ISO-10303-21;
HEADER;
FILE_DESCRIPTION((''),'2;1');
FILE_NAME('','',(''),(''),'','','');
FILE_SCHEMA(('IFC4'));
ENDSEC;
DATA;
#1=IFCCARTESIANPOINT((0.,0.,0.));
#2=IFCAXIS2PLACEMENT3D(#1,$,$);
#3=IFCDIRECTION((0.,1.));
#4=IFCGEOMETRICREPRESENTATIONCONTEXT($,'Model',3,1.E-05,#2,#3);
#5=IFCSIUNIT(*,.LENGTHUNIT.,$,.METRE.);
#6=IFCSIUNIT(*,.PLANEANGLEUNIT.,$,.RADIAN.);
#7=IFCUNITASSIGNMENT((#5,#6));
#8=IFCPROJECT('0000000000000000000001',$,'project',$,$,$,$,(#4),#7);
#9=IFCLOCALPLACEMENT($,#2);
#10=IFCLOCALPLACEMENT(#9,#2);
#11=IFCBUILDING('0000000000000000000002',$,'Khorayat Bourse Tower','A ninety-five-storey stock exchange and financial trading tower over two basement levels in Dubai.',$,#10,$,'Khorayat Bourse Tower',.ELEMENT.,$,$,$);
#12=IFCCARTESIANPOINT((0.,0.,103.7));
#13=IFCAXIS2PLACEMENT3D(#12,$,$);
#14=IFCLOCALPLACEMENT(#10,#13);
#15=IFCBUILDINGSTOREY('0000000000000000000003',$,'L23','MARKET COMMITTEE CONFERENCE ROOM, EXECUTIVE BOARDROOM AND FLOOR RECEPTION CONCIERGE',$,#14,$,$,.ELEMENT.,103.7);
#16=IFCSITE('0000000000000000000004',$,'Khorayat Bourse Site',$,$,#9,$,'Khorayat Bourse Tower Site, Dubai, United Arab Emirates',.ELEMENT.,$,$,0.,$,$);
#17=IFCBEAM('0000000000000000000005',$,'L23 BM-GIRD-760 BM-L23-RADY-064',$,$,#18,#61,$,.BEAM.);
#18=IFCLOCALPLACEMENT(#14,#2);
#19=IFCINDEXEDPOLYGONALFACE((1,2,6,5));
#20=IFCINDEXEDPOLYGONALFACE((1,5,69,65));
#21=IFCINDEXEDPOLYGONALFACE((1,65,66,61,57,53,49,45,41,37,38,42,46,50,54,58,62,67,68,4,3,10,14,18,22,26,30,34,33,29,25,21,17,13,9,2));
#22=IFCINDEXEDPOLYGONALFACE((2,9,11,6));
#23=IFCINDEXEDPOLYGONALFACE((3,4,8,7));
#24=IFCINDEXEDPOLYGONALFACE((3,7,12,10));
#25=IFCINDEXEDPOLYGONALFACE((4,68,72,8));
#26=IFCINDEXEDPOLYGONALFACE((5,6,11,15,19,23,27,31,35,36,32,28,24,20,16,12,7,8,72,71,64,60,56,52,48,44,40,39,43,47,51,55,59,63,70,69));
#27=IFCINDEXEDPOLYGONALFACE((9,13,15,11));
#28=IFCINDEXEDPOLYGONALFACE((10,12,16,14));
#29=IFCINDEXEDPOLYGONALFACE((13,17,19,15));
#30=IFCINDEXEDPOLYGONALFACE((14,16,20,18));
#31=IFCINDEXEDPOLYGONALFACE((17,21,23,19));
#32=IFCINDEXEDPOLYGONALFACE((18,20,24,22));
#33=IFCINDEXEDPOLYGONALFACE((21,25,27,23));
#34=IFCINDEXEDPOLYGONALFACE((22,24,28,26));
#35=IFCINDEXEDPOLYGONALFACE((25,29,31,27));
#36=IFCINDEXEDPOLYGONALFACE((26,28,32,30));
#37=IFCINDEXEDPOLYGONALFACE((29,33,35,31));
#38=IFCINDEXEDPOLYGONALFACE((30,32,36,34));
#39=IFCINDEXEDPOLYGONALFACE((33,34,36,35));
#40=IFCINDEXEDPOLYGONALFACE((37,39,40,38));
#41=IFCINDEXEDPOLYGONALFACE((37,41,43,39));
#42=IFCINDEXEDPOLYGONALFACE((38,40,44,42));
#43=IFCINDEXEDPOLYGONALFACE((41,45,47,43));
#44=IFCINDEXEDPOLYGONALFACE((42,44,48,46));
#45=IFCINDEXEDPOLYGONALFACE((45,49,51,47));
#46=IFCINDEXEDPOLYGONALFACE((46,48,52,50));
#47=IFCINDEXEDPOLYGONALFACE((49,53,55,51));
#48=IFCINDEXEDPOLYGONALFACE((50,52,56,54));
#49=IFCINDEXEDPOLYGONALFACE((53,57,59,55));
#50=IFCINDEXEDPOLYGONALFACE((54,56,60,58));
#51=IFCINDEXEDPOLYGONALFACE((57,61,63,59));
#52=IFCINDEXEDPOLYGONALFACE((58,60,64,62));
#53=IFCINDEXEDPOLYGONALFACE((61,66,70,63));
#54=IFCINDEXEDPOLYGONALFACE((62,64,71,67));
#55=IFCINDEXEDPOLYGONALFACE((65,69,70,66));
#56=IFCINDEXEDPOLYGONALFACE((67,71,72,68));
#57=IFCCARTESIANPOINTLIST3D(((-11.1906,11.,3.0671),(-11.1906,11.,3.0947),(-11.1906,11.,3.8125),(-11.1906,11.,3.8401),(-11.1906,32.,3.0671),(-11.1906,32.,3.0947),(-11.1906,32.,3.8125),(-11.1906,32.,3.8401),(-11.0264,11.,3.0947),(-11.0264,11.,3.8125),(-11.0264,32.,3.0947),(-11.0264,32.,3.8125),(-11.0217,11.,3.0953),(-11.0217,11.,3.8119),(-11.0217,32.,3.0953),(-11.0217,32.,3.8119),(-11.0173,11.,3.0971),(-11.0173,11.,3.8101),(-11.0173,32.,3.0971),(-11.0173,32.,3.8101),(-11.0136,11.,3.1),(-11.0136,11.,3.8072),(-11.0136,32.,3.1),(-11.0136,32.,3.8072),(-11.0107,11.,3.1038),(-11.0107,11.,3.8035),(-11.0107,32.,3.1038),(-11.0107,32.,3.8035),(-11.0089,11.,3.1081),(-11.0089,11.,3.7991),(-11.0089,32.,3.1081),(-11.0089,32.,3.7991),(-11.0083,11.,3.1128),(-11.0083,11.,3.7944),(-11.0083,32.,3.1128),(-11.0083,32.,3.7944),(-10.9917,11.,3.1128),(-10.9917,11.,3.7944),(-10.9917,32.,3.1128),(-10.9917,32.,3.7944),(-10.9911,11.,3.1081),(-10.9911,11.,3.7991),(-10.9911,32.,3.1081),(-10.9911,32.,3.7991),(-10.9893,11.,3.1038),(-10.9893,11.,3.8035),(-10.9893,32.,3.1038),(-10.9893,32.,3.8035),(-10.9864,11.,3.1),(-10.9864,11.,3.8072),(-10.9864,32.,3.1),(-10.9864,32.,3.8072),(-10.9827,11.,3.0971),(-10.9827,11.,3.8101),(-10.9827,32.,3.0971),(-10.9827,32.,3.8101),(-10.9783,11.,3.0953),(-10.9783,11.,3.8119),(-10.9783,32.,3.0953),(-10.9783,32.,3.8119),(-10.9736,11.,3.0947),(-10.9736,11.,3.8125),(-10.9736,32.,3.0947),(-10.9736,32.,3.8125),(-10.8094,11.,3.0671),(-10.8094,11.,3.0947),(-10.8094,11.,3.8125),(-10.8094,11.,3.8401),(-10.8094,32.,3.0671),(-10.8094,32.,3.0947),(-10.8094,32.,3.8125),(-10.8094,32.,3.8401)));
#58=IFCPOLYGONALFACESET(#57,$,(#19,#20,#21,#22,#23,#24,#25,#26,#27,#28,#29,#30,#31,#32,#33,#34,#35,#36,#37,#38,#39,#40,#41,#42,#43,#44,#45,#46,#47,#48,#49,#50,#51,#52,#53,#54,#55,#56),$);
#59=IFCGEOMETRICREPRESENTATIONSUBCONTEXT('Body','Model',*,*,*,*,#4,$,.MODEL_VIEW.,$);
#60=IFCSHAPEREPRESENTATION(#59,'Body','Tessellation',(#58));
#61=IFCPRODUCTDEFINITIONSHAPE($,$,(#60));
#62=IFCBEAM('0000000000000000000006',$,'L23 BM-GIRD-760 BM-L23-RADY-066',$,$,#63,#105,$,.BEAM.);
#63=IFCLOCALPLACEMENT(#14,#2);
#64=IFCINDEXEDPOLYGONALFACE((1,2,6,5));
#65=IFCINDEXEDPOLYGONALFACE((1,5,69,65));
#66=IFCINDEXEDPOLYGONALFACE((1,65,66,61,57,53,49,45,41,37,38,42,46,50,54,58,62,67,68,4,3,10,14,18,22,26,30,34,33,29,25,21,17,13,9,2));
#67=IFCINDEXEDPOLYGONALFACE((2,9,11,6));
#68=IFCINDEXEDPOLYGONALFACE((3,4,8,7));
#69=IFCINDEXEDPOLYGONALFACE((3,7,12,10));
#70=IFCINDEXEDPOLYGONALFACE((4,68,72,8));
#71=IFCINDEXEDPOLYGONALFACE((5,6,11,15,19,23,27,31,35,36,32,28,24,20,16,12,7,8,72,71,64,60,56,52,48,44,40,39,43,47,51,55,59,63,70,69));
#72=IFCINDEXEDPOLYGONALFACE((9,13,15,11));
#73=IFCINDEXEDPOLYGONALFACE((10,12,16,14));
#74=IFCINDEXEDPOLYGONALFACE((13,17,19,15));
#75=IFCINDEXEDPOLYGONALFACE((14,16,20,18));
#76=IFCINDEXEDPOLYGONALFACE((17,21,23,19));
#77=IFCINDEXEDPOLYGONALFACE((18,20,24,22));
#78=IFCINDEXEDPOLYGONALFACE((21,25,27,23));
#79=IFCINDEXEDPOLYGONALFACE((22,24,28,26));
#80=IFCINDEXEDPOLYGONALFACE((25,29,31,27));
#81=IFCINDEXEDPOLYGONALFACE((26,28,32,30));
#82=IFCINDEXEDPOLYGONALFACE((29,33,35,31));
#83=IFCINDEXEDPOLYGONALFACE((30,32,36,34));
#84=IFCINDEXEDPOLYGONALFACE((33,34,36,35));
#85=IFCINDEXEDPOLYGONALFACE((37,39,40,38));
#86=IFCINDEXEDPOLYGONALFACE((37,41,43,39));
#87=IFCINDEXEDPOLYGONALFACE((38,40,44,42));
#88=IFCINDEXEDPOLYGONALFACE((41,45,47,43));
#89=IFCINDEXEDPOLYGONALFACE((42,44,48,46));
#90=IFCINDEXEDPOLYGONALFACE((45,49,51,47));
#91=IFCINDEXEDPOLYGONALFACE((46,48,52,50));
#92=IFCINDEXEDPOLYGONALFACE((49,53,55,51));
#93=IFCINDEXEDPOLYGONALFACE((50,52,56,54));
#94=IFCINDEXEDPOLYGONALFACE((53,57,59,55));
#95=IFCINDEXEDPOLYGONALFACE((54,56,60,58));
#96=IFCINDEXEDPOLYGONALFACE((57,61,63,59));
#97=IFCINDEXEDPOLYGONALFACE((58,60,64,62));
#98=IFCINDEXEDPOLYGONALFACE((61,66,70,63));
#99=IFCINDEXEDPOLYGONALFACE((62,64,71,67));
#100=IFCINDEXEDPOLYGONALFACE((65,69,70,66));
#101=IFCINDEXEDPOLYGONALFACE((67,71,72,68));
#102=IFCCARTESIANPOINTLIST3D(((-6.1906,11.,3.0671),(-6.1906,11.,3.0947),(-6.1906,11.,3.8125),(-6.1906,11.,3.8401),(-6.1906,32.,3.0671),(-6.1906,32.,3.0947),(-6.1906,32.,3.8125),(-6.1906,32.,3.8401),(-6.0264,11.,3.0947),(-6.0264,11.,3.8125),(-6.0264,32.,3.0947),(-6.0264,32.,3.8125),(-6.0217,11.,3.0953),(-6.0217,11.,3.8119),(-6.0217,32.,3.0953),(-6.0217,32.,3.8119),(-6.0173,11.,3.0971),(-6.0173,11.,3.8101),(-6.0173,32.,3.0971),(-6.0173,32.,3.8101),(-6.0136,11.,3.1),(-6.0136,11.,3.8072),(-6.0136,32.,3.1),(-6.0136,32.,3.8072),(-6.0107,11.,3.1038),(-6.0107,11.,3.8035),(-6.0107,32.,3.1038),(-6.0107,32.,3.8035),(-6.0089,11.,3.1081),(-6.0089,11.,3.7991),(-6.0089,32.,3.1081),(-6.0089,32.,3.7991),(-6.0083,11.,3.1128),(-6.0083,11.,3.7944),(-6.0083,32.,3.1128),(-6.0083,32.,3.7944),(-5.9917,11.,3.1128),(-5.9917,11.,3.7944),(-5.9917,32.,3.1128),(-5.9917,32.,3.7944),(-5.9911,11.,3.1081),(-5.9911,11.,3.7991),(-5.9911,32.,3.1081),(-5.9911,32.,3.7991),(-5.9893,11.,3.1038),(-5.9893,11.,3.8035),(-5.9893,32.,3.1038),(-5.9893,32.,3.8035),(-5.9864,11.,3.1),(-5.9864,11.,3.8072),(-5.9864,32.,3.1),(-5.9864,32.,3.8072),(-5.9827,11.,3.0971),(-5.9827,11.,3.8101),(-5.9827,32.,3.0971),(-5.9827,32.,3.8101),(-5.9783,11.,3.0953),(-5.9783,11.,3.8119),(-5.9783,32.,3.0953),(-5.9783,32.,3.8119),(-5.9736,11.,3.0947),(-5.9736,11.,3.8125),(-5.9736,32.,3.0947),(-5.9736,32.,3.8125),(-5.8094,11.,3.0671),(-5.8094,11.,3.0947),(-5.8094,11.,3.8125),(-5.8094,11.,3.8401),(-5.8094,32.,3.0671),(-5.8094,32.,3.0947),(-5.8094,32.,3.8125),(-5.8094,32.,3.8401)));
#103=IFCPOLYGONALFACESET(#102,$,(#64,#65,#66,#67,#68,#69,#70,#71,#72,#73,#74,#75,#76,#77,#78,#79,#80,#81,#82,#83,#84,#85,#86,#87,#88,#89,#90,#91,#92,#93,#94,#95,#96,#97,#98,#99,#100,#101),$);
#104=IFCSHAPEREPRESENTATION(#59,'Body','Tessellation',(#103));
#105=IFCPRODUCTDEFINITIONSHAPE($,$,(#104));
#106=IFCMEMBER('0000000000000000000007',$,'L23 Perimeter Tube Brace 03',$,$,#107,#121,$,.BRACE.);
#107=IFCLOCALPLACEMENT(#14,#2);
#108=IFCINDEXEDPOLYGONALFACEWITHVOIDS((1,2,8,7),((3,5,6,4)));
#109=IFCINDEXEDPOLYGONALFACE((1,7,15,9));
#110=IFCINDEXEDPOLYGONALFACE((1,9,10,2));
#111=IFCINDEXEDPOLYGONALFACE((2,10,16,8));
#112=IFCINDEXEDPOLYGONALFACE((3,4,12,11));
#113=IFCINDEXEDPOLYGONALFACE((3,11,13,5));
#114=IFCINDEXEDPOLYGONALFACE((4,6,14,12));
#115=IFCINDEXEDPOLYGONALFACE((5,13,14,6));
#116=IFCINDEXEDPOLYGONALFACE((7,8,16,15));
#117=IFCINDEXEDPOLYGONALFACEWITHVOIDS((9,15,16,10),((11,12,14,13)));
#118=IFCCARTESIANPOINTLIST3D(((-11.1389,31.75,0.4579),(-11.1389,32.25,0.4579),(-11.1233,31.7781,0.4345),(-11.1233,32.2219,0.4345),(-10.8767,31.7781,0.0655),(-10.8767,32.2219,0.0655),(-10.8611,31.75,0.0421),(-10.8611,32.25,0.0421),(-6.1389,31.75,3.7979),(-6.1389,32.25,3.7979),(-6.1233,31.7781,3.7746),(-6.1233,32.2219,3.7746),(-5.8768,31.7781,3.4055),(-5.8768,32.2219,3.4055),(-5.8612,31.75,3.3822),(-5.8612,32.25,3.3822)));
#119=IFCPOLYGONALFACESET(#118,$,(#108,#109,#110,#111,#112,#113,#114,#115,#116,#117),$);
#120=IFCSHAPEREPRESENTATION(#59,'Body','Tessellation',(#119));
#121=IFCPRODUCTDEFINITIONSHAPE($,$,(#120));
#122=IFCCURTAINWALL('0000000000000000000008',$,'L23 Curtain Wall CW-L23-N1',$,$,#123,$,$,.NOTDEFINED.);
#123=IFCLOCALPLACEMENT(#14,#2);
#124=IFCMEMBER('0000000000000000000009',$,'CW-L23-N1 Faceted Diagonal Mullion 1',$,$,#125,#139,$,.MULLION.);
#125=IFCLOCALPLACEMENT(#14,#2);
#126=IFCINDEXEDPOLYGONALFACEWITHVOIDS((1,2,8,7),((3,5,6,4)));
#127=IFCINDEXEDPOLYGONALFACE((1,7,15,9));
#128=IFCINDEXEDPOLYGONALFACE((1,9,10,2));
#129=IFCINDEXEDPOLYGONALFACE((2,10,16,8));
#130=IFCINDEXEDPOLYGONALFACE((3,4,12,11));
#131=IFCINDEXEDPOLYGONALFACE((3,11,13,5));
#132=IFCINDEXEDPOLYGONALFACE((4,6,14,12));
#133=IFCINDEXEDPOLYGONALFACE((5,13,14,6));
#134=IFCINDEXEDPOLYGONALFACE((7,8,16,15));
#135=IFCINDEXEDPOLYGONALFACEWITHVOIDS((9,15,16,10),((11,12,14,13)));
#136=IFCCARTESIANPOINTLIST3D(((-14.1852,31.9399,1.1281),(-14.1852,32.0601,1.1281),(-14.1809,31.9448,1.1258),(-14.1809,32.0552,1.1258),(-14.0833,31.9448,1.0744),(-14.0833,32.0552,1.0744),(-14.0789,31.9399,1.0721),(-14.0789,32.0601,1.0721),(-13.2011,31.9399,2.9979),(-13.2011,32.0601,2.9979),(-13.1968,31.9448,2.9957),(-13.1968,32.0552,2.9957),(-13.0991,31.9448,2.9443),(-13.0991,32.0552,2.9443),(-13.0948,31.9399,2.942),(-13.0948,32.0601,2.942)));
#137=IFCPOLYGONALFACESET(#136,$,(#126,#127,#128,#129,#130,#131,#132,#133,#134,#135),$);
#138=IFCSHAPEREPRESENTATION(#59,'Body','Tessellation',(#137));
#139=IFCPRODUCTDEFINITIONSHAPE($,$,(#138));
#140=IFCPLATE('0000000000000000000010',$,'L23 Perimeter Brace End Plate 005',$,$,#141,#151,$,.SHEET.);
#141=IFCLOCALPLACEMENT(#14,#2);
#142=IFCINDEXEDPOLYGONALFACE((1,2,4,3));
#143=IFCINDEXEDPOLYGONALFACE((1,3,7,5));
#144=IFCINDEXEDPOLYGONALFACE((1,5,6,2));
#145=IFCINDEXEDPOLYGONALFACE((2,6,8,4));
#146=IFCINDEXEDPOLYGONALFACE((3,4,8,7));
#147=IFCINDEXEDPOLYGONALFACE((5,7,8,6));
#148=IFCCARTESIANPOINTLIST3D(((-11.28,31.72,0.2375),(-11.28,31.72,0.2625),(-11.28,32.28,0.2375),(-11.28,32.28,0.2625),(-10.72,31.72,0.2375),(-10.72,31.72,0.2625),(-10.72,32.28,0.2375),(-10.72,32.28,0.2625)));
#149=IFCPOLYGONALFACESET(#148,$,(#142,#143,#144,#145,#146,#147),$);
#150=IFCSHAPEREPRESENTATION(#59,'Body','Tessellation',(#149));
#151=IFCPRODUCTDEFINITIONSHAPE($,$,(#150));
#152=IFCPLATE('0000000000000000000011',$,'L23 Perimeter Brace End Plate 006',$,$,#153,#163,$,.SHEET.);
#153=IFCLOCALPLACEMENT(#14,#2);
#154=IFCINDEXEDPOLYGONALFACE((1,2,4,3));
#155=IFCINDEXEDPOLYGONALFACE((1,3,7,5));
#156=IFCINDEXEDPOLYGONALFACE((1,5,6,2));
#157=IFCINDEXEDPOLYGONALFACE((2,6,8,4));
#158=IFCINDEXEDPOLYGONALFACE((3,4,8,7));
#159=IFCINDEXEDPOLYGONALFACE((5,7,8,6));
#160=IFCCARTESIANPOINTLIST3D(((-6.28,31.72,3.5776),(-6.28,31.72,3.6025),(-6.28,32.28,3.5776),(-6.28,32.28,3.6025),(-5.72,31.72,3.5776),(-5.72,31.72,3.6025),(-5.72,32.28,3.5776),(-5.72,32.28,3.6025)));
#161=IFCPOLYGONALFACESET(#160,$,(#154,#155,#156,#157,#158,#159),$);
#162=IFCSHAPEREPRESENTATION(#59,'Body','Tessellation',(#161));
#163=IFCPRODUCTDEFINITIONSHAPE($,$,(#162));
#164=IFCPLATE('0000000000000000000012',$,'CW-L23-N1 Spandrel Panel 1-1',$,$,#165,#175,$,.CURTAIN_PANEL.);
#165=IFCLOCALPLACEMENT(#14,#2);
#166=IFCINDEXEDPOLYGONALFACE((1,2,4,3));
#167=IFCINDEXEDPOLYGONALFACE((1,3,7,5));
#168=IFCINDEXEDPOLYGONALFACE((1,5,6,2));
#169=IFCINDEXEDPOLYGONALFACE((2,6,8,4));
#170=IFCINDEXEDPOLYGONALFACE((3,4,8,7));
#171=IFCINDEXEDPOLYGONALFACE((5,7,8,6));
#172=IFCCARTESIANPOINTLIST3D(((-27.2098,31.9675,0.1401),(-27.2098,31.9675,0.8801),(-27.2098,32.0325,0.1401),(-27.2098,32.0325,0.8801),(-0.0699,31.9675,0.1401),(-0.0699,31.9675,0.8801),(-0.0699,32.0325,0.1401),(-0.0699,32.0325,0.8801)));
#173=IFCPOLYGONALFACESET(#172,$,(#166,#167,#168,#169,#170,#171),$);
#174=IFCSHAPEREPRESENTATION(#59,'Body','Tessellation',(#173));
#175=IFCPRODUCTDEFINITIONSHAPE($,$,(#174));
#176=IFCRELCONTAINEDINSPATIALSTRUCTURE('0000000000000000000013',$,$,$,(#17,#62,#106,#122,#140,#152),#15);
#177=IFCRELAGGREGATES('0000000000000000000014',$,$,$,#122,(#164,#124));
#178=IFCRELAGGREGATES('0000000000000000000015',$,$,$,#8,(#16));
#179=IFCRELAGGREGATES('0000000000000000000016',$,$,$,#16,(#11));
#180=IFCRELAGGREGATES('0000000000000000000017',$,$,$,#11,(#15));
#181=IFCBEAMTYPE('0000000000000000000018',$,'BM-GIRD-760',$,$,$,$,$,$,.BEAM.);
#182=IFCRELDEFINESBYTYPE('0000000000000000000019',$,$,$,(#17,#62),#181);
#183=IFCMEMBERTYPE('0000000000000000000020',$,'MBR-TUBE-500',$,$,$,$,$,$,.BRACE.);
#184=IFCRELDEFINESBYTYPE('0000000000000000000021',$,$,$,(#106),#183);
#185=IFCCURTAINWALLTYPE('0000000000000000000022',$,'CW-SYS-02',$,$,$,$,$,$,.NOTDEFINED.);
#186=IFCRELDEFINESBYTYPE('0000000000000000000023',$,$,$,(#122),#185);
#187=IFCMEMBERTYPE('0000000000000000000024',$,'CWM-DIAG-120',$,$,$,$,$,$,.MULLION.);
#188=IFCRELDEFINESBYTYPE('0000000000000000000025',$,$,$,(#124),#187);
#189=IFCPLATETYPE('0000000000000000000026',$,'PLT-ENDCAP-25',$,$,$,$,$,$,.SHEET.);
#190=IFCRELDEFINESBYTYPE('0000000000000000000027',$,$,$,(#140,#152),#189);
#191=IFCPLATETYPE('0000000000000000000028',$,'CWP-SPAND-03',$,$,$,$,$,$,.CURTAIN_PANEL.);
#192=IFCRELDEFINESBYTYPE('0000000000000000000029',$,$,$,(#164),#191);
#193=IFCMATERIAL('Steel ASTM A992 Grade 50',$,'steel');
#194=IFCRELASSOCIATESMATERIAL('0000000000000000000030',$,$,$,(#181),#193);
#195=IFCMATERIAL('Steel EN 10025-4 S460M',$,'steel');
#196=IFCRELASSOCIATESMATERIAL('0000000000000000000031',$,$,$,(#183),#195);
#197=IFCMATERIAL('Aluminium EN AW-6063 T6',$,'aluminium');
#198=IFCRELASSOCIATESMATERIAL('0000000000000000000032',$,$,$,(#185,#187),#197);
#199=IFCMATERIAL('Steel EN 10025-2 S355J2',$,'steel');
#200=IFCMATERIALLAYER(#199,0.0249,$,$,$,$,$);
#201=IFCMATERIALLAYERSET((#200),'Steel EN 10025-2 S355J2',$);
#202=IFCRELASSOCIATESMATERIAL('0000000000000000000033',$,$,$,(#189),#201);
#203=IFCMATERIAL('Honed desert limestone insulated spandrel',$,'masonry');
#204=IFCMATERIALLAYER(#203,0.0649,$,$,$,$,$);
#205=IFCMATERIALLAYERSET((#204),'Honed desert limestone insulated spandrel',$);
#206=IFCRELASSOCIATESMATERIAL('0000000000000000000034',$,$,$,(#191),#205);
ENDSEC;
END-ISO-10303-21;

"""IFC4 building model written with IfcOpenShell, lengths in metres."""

from ifc_helpers import new_model, si_unit, direction, frame, origin, origin_2d, place, context, subcontext, project, spatial, rectangle, hollow_rectangle, i_section, extrude, source, transform, mapped, material, layer, layer_set, material_profile, profile_set, type_object, element, aggregate, save


model = new_model("IFC4")

# Units and contexts
model_context = context("Model", 3, precision=1e-05, world=origin(), true_north=direction((0.0, 1.0)))
body_context = subcontext(model_context, "Body", "Model", "MODEL_VIEW")
ifc_project = project(units=[si_unit("LENGTHUNIT", "METRE"), si_unit("PLANEANGLEUNIT", "RADIAN")], contexts=[model_context])

# Site, building, storey
site_placement = place(None, origin())
site = spatial("IfcSite", under=ifc_project, at=site_placement, Name="Khorayat Bourse Site", LongName="Khorayat Bourse Tower Site, Dubai, United Arab Emirates", CompositionType="ELEMENT", RefElevation=0.0)
building_placement = place(site_placement, origin())
building = spatial("IfcBuilding", under=site, at=building_placement, Name="Khorayat Bourse Tower", Description="A ninety-five-storey stock exchange and financial trading tower over two basement levels in Dubai.", LongName="Khorayat Bourse Tower", CompositionType="ELEMENT")
storey_placement = place(building_placement, frame((0.0, 0.0, 103.7)))
storey = spatial("IfcBuildingStorey", under=building, at=storey_placement, Name="L23", Description="MARKET COMMITTEE CONFERENCE ROOM, EXECUTIVE BOARDROOM AND FLOOR RECEPTION CONCIERGE", CompositionType="ELEMENT", Elevation=103.7)

# Shared definitions
ifc_material_1 = material(Name="Steel EN 10025-4 S460M", Category="steel")

# Beams
ifc_material_2 = material(Name="Steel ASTM A992 Grade 50", Category="steel")
ifc_material_profile_1 = material_profile(ifc_material_2, i_section(OverallWidth=0.3811, OverallDepth=0.7729, WebThickness=0.0166, FlangeThickness=0.0276, FilletRadius=0.0181, at=origin_2d()), Name="W760X257")
ifc_profile_set_1 = profile_set([ifc_material_profile_1], Name="Steel ASTM A992 Grade 50")
beam_type_1 = type_object("IfcBeamType", Name="BM-GIRD-760", PredefinedType="BEAM", material=ifc_profile_set_1)
shared_shape_1 = source(origin(), body_context, "Body", "SweptSolid", [
    extrude(i_section(OverallWidth=0.3811, OverallDepth=0.7729, WebThickness=0.0166, FlangeThickness=0.0276, FilletRadius=0.0181, at=origin_2d()), origin(), (0.0, 0.0, 1.0), 21.0),
])
for number, where, z_axis, x_axis, name in (
    (1, (-11.0, 11.0, 3.4536), (0.0, 1.0, 0.0), (-1.0, 0.0, 0.0), "L23 BM-GIRD-760 BM-L23-RADY-064"),
    (2, (-6.0, 11.0, 3.4536), (0.0, 1.0, 0.0), (-1.0, 0.0, 0.0), "L23 BM-GIRD-760 BM-L23-RADY-066"),
):
    element("IfcBeam", number, at=place(storey_placement, frame(where, z_axis=z_axis, x_axis=x_axis)), inside=storey, type_object=beam_type_1, Name=name, PredefinedType="BEAM", context=body_context, shape_type="MappedRepresentation", body=[
        mapped(shared_shape_1, transform((0.0, 0.0, 0.0), scale=1.0)),
    ])

# Member
ifc_material_profile_2 = material_profile(ifc_material_1, hollow_rectangle(XDim=0.5, YDim=0.5, WallThickness=0.0281, at=origin_2d()), Name="HSS 500x500x28")
ifc_profile_set_2 = profile_set([ifc_material_profile_2], Name="Steel EN 10025-4 S460M")
member_type_1 = type_object("IfcMemberType", Name="MBR-TUBE-500", PredefinedType="BRACE", material=ifc_profile_set_2)
shared_shape_2 = source(origin(), body_context, "Body", "SweptSolid", [
    extrude(hollow_rectangle(XDim=0.5, YDim=0.5, WallThickness=0.0281, at=origin_2d()), origin(), (0.0, 0.0, 1.0), 6.0129),
])
member_1_placement = place(storey_placement, frame((-11.0, 32.0, 0.25), z_axis=(0.831531, 0.0, 0.555478), x_axis=(0.0, 1.0, 0.0)))
element("IfcMember", 3, at=member_1_placement, inside=storey, type_object=member_type_1, Name="L23 Perimeter Tube Brace 03", PredefinedType="BRACE", context=body_context, shape_type="MappedRepresentation", body=[
    mapped(shared_shape_2, transform((0.0, 0.0, 0.0), scale=1.0)),
])

# Curtain wall, member
ifc_material_3 = material(Name="Aluminium EN AW-6063 T6", Category="aluminium")
curtain_wall_type = type_object("IfcCurtainWallType", Name="CW-SYS-02", PredefinedType="NOTDEFINED", material=ifc_material_3)
curtain_wall_placement = place(storey_placement, origin())
curtain_wall = element("IfcCurtainWall", 4, at=curtain_wall_placement, inside=storey, type_object=curtain_wall_type, Name="L23 Curtain Wall CW-L23-N1", PredefinedType="NOTDEFINED")
ifc_material_profile_3 = material_profile(ifc_material_3, hollow_rectangle(XDim=0.1201, YDim=0.1201, WallThickness=0.0049, at=origin_2d()), Name="ALU 120x120x5")
ifc_profile_set_3 = profile_set([ifc_material_profile_3], Name="Aluminium EN AW-6063 T6")
member_type_2 = type_object("IfcMemberType", Name="CWM-DIAG-120", PredefinedType="MULLION", material=ifc_profile_set_3)
shared_shape_3 = source(origin(), body_context, "Body", "SweptSolid", [
    extrude(hollow_rectangle(XDim=0.1201, YDim=0.1201, WallThickness=0.0049, at=origin_2d()), origin(), (0.0, 0.0, 1.0), 2.113),
])
member_2_placement = place(storey_placement, frame((-14.1321, 32.0, 1.1001), z_axis=(0.465742, 0.0, 0.884921), x_axis=(0.0, 1.0, 0.0)))
member_2 = element("IfcMember", 5, at=member_2_placement, type_object=member_type_2, Name="CW-L23-N1 Faceted Diagonal Mullion 1", PredefinedType="MULLION", context=body_context, shape_type="MappedRepresentation", body=[
    mapped(shared_shape_3, transform((0.0, 0.0, 0.0), scale=1.0)),
])

# Plates
ifc_material_4 = material(Name="Steel EN 10025-2 S355J2", Category="steel")
ifc_layer_1 = layer(ifc_material_4, 0.0249)
ifc_layer_set_1 = layer_set([ifc_layer_1], Name="Steel EN 10025-2 S355J2")
plate_type_1 = type_object("IfcPlateType", Name="PLT-ENDCAP-25", PredefinedType="SHEET", material=ifc_layer_set_1)
shared_shape_4 = source(origin(), body_context, "Body", "SweptSolid", [
    extrude(rectangle(XDim=0.5601, YDim=0.5601, at=origin_2d()), origin(), (0.0, 0.0, 1.0), 0.0249),
])
for number, where, z_axis, x_axis, name in (
    (6, (-11.0, 32.0, 0.2375), (0.0, 0.0, 1.0), (1.0, 0.0, 0.0), "L23 Perimeter Brace End Plate 005"),
    (7, (-6.0, 32.0, 3.5776), (0.0, 0.0, 1.0), (1.0, 0.0, 0.0), "L23 Perimeter Brace End Plate 006"),
):
    element("IfcPlate", number, at=place(storey_placement, frame(where, z_axis=z_axis, x_axis=x_axis)), inside=storey, type_object=plate_type_1, Name=name, PredefinedType="SHEET", context=body_context, shape_type="MappedRepresentation", body=[
        mapped(shared_shape_4, transform((0.0, 0.0, 0.0), scale=1.0)),
    ])

# Plate
ifc_material_5 = material(Name="Honed desert limestone insulated spandrel", Category="masonry")
ifc_layer_2 = layer(ifc_material_5, 0.0649)
ifc_layer_set_2 = layer_set([ifc_layer_2], Name="Honed desert limestone insulated spandrel")
plate_type_2 = type_object("IfcPlateType", Name="CWP-SPAND-03", PredefinedType="CURTAIN_PANEL", material=ifc_layer_set_2)
shared_shape_5 = source(origin(), body_context, "Body", "SweptSolid", [
    extrude(rectangle(XDim=27.1399, YDim=0.0649, at=origin_2d()), origin(), (0.0, 0.0, 1.0), 0.74),
])
plate_1_placement = place(storey_placement, frame((-13.6399, 32.0, 0.1401), z_axis=(0.0, 0.0, 1.0), x_axis=(1.0, 0.0, 0.0)))
plate_1 = element("IfcPlate", 8, at=plate_1_placement, type_object=plate_type_2, Name="CW-L23-N1 Spandrel Panel 1-1", PredefinedType="CURTAIN_PANEL", context=body_context, shape_type="MappedRepresentation", body=[
    mapped(shared_shape_5, transform((0.0, 0.0, 0.0), scale=1.0)),
])
aggregate(curtain_wall, [plate_1, member_2])

save(model, "model.ifc")
